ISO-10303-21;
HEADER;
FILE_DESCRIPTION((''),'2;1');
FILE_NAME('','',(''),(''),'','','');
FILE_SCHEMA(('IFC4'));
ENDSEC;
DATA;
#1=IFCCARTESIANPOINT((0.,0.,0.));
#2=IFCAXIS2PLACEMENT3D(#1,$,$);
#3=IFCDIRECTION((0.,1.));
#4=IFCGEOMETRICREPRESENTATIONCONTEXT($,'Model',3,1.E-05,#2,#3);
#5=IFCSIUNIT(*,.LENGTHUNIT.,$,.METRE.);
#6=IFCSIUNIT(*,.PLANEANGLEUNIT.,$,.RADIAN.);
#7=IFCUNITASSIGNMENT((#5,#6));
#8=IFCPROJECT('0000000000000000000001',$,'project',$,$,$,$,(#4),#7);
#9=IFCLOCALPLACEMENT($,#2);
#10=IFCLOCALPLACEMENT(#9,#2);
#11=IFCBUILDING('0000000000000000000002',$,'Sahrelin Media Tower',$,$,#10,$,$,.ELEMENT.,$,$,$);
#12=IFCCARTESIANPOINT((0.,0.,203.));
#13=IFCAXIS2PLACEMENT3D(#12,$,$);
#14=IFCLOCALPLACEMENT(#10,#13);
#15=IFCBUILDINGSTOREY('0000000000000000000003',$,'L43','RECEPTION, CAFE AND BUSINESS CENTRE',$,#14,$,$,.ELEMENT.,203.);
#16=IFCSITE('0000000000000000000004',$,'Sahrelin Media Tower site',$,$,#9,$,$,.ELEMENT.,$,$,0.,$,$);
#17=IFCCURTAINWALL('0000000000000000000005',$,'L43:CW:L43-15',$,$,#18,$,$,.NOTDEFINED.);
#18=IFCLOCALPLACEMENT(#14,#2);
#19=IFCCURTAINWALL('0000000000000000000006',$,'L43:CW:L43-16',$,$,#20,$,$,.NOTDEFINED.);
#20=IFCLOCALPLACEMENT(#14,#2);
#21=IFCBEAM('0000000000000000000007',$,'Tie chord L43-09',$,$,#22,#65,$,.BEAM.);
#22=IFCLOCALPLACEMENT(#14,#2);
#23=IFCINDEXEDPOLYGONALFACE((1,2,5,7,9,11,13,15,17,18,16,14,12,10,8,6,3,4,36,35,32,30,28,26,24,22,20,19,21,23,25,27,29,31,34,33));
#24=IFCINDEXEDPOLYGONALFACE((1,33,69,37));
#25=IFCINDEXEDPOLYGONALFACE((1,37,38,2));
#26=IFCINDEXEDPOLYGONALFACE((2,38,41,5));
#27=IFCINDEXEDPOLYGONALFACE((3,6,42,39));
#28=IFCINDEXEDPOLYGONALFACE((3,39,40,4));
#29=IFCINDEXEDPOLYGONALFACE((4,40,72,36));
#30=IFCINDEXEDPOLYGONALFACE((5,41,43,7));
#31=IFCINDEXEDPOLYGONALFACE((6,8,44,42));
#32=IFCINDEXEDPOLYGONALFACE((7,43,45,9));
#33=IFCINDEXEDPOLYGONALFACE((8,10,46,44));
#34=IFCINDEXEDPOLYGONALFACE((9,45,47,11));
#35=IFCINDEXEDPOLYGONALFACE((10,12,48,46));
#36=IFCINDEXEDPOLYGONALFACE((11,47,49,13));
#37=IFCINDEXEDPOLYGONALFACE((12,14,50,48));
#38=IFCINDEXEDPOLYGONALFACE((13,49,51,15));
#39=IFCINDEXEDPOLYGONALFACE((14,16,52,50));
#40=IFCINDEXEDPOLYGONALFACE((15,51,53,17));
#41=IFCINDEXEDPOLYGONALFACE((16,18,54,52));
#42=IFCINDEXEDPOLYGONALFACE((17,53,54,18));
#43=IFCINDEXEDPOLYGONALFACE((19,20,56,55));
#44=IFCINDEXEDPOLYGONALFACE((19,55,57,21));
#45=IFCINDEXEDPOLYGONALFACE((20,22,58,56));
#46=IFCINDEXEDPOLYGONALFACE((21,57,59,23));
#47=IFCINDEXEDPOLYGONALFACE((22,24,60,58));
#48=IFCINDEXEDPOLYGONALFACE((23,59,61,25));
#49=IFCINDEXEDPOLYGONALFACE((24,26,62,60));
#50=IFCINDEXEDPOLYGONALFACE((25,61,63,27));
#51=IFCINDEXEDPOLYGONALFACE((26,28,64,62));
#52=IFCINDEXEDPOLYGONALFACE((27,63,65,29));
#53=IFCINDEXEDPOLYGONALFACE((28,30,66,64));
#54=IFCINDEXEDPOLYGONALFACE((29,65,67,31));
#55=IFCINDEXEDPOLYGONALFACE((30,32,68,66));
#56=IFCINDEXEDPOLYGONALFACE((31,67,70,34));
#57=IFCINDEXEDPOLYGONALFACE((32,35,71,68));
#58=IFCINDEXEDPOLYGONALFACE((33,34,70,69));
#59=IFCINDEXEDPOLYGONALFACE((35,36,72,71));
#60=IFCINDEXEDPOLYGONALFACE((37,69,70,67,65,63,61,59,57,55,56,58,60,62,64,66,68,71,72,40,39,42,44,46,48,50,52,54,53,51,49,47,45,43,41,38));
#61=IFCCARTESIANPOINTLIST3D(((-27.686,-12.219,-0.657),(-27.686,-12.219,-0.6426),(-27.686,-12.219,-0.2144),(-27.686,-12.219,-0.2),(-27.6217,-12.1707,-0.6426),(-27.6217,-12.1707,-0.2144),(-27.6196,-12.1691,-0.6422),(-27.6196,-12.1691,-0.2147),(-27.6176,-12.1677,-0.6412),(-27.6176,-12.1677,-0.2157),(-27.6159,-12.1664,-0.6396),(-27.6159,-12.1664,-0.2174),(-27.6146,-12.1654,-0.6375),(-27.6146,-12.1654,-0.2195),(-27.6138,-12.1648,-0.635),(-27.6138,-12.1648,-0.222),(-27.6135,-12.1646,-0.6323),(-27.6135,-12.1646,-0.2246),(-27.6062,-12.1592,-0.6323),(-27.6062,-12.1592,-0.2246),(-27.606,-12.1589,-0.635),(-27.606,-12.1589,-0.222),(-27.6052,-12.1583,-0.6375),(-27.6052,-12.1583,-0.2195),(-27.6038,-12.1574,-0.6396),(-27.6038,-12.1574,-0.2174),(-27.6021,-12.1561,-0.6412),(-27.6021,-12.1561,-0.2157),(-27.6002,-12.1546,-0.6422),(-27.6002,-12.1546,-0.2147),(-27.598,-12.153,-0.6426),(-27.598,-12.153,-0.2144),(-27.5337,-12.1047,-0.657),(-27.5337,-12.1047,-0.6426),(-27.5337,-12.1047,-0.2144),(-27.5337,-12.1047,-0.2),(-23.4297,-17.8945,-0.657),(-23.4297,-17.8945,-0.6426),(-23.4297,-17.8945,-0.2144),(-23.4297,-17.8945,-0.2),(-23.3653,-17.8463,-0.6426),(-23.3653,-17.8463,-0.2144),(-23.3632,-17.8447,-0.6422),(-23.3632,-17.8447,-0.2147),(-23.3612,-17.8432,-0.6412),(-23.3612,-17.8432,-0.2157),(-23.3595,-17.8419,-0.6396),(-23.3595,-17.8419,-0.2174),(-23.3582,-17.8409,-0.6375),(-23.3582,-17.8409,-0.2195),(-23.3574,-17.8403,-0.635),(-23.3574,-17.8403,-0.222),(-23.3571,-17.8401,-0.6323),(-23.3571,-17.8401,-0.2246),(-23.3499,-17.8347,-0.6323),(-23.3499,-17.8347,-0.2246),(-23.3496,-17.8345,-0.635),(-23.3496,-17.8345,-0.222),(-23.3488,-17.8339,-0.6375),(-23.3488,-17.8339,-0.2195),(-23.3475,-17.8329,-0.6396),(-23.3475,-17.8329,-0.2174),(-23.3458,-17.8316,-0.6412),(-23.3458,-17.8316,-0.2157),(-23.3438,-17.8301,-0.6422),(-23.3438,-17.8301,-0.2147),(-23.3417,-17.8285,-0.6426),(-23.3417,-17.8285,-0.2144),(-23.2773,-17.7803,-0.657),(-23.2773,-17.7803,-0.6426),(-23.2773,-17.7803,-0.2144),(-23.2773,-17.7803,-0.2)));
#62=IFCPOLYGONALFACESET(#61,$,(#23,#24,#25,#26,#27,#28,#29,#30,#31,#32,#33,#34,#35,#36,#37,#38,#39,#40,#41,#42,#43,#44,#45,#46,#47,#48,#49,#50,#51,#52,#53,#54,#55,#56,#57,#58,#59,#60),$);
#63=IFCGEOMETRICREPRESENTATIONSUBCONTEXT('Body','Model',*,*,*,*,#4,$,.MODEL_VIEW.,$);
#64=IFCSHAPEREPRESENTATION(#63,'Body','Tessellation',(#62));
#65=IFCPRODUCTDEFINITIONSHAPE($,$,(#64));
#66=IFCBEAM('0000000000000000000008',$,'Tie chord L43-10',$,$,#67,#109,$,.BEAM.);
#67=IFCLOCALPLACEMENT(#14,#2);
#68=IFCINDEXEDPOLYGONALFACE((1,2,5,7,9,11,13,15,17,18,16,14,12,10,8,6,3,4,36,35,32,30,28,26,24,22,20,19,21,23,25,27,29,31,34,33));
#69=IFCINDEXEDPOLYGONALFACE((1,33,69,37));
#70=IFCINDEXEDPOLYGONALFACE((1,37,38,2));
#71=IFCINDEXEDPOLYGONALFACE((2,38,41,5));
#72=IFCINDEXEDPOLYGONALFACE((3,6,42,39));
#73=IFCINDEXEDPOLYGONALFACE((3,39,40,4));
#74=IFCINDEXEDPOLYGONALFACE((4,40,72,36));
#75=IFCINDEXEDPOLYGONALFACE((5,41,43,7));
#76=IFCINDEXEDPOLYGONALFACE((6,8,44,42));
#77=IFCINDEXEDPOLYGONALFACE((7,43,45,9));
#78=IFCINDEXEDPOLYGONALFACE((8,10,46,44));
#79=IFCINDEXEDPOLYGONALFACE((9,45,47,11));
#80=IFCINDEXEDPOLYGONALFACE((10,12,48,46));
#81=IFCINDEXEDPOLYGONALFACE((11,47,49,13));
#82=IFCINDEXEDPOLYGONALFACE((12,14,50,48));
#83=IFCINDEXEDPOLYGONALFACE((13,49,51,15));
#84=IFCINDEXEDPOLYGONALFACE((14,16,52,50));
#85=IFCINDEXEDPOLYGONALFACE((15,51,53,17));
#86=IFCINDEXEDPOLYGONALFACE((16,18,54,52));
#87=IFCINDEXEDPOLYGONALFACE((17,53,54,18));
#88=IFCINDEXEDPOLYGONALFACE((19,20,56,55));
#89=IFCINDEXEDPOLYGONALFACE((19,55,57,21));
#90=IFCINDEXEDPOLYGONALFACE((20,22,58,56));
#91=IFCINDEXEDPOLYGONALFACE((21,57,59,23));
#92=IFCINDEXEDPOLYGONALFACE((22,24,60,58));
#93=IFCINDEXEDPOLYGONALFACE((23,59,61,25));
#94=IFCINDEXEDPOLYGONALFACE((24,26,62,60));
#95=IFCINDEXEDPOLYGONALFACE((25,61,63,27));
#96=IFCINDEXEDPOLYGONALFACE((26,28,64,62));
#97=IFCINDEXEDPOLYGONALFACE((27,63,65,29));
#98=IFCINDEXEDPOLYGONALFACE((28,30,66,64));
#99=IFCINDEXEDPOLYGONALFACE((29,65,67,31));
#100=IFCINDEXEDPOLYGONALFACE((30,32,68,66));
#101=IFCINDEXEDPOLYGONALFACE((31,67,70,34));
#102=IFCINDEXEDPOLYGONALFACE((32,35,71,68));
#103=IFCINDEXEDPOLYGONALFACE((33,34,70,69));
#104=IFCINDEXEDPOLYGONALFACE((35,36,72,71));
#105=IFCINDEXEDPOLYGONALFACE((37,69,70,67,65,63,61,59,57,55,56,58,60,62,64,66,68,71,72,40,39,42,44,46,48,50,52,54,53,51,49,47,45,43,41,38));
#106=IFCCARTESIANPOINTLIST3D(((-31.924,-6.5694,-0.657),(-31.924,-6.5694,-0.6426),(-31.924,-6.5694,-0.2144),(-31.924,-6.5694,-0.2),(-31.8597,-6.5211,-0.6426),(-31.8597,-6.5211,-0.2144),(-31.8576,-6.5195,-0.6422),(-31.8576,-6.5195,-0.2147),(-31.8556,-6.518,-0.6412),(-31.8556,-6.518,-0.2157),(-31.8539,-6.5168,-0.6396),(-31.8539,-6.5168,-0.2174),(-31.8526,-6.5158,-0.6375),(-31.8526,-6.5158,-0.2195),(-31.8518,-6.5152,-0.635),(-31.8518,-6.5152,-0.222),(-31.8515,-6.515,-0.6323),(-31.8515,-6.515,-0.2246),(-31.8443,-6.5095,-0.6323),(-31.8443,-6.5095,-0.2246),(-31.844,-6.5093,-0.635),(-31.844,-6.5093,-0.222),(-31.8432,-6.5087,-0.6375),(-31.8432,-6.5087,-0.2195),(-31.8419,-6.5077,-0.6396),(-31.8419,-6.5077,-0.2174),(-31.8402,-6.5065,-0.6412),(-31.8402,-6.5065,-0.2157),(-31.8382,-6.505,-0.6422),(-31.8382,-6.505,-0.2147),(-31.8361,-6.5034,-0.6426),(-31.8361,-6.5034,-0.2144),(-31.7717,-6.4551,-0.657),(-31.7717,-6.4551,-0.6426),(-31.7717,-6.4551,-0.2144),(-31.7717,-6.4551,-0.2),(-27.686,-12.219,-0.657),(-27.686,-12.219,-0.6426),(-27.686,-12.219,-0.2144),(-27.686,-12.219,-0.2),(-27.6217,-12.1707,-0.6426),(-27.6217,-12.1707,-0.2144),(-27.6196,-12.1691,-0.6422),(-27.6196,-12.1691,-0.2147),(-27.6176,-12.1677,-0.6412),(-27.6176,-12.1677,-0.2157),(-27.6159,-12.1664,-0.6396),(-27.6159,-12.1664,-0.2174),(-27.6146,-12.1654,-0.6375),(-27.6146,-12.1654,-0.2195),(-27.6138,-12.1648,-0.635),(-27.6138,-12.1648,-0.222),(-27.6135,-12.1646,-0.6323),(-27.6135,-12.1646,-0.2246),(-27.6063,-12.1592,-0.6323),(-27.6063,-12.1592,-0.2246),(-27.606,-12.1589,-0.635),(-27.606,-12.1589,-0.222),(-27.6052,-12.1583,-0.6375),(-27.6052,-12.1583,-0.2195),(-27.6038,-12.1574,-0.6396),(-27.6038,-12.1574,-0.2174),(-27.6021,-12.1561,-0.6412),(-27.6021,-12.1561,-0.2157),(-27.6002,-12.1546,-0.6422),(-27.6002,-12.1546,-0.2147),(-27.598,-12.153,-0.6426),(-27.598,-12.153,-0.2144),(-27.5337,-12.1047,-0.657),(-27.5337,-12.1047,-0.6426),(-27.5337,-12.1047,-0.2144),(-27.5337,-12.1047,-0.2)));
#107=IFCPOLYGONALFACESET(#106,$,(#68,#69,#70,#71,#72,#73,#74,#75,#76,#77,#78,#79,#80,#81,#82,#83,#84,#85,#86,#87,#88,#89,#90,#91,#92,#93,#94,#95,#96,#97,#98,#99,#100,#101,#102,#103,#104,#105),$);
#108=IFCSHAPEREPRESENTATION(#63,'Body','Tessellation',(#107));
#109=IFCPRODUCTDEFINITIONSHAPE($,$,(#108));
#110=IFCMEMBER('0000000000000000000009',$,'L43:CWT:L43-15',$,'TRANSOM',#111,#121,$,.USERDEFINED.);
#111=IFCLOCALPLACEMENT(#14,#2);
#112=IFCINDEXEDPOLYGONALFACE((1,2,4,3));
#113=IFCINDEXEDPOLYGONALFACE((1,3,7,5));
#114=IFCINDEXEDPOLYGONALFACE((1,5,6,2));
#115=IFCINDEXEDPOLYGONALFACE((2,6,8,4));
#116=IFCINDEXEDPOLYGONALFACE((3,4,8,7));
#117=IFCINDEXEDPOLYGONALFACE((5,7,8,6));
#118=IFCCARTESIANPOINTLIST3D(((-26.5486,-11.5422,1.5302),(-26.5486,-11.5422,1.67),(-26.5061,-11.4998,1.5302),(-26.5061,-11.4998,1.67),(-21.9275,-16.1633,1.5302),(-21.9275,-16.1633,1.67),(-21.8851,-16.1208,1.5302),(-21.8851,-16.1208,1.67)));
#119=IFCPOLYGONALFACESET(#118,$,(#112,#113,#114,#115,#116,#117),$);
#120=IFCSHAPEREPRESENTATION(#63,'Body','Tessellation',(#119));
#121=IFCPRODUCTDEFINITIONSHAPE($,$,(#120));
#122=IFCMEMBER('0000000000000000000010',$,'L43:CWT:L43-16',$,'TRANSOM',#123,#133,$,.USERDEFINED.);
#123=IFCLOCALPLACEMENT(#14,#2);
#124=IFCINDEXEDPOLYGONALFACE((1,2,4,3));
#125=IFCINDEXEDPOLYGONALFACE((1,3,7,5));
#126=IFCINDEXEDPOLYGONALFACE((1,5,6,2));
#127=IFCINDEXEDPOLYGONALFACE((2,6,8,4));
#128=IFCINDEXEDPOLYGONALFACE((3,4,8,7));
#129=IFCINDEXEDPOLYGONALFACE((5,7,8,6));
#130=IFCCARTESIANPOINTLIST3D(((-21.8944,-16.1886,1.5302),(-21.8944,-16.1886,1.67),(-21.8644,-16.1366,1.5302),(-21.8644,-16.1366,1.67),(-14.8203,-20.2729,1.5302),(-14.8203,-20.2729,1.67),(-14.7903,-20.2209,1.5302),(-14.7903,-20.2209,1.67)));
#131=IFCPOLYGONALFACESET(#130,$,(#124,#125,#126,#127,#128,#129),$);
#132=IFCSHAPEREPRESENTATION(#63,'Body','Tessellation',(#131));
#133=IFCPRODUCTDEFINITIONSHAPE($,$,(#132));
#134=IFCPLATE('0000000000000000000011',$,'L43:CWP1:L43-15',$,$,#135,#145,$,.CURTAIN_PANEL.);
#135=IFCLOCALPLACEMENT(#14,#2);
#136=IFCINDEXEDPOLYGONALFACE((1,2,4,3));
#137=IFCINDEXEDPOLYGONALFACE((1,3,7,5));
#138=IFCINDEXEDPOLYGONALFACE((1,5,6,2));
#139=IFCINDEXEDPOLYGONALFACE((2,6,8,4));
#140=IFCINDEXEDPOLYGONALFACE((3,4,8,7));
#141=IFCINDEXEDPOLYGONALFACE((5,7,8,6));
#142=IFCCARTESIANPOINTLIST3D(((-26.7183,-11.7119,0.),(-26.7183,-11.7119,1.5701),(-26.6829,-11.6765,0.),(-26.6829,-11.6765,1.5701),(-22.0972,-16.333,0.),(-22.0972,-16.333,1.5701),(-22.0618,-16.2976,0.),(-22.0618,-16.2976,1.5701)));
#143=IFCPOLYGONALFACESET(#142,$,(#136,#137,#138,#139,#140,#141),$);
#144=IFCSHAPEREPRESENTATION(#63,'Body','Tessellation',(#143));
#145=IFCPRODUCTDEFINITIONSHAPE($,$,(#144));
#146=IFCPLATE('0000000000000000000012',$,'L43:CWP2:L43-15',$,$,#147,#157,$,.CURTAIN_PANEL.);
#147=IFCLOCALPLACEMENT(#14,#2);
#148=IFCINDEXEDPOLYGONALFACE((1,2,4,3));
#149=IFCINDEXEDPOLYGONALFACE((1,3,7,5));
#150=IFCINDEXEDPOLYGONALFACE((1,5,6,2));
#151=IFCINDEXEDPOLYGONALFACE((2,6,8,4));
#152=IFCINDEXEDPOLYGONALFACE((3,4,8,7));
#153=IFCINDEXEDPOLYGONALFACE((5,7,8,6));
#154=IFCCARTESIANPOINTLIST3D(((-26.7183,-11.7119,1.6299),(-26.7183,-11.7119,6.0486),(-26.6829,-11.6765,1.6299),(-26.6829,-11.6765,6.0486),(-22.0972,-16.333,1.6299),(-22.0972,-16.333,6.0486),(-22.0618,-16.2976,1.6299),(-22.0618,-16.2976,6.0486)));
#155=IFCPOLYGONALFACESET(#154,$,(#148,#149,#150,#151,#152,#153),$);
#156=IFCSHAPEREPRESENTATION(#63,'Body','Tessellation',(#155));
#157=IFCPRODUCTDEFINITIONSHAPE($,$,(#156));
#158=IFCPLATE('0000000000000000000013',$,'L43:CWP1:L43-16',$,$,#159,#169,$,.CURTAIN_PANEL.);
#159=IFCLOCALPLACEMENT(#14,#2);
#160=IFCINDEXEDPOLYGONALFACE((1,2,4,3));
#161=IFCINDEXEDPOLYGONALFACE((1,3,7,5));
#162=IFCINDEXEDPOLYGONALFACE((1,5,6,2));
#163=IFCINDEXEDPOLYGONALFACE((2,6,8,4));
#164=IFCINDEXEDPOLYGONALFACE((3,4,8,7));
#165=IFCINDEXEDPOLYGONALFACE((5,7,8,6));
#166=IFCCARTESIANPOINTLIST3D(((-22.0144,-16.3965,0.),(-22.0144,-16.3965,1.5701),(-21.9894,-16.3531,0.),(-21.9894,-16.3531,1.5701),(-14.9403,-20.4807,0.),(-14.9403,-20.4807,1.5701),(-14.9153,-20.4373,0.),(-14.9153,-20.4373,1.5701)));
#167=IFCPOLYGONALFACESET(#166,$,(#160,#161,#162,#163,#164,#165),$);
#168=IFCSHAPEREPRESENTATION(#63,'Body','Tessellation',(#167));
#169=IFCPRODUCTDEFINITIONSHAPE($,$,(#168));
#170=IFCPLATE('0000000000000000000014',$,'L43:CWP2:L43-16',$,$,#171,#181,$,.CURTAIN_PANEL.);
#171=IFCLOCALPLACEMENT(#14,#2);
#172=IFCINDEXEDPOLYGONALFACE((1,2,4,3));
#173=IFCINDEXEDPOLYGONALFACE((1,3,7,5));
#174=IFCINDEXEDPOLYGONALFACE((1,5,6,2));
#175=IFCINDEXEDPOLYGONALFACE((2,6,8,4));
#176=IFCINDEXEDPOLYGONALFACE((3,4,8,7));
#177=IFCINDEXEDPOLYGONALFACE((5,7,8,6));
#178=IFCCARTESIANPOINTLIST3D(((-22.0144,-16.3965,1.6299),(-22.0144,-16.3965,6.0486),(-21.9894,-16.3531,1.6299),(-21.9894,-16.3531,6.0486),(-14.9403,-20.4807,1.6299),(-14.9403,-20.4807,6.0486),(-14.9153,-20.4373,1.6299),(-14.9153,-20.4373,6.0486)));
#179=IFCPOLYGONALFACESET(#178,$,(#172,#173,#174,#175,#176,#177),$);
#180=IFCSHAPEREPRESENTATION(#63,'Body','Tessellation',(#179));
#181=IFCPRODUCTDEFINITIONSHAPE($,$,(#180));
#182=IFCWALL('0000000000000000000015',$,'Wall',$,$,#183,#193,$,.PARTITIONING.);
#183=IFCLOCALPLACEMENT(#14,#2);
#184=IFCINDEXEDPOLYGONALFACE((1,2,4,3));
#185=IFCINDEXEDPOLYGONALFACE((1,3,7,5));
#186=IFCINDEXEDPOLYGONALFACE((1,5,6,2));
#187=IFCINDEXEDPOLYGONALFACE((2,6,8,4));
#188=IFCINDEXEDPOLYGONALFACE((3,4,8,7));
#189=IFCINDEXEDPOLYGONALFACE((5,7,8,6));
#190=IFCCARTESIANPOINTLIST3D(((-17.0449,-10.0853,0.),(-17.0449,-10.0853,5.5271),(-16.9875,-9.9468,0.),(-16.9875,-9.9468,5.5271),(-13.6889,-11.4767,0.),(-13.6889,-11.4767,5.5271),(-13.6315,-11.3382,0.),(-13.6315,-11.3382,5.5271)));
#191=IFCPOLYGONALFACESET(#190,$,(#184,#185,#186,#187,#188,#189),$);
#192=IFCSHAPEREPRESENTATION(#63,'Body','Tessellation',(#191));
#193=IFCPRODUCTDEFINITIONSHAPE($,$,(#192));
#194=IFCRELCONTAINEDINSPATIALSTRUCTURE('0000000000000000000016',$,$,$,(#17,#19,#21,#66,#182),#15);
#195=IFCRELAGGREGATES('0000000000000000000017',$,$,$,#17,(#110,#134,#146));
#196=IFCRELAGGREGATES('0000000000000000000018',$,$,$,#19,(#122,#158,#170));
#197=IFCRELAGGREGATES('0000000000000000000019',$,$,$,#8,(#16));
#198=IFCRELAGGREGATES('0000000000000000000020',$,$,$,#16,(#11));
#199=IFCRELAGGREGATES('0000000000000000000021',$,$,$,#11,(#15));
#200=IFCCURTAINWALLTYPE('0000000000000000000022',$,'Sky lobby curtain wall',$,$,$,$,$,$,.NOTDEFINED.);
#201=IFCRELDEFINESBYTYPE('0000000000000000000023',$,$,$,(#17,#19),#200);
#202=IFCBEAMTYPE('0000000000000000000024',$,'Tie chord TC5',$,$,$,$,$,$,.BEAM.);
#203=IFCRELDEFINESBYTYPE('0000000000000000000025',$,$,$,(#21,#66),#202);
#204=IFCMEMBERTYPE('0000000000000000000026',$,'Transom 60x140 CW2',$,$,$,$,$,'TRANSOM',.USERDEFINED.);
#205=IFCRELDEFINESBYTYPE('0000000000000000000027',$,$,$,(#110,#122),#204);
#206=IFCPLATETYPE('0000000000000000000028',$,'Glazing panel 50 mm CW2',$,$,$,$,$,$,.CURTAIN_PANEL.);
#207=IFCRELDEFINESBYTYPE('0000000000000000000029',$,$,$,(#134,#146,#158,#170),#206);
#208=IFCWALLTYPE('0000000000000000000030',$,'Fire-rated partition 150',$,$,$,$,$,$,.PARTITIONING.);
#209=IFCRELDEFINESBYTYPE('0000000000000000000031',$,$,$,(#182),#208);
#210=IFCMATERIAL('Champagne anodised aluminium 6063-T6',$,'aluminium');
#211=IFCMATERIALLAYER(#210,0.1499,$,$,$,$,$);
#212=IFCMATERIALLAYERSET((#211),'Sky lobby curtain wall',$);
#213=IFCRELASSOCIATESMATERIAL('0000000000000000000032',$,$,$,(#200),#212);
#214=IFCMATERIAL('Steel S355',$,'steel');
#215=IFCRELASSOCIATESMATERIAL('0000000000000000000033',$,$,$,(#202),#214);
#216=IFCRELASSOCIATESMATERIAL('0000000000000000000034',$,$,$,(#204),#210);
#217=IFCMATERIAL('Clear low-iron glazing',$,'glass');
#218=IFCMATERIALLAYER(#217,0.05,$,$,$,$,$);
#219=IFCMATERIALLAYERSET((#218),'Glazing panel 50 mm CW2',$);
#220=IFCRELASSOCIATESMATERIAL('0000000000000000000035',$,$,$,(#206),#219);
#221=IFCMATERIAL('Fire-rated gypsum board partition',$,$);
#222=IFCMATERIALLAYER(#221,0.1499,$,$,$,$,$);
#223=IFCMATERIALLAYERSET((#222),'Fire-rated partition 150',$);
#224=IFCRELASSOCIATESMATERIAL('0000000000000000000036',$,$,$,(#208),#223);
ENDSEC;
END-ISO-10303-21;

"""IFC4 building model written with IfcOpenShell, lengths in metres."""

from ifc_helpers import new_model, si_unit, direction, frame, frame_2d, origin, origin_2d, place, context, subcontext, project, spatial, polyline, rectangle, i_section, outline, extrude, material, layer, layer_set, material_profile, profile_set, type_object, element, aggregate, save


model = new_model("IFC4")

# Units and contexts
model_context = context("Model", 3, precision=1e-05, world=origin(), true_north=direction((0.0, 1.0)))
body_context = subcontext(model_context, "Body", "Model", "MODEL_VIEW")
ifc_project = project(units=[si_unit("LENGTHUNIT", "METRE"), si_unit("PLANEANGLEUNIT", "RADIAN")], contexts=[model_context])

# Site, building, storey
site_placement = place(None, origin())
site = spatial("IfcSite", under=ifc_project, at=site_placement, Name="Sahrelin Media Tower site", CompositionType="ELEMENT", RefElevation=0.0)
building_placement = place(site_placement, origin())
building = spatial("IfcBuilding", under=site, at=building_placement, Name="Sahrelin Media Tower", CompositionType="ELEMENT")
storey_placement = place(building_placement, frame((0.0, 0.0, 203.0)))
storey = spatial("IfcBuildingStorey", under=building, at=storey_placement, Name="L43", Description="RECEPTION, CAFE AND BUSINESS CENTRE", CompositionType="ELEMENT", Elevation=203.0)

# Shared definitions
ifc_material_1 = material(Name="Steel S355", Category="steel")

# Curtain walls
ifc_material_2 = material(Name="Champagne anodised aluminium 6063-T6", Category="aluminium")
ifc_layer_1 = layer(ifc_material_2, 0.1499)
ifc_layer_set_1 = layer_set([ifc_layer_1], Name="Sky lobby curtain wall")
curtain_wall_type = type_object("IfcCurtainWallType", Name="Sky lobby curtain wall", PredefinedType="NOTDEFINED", material=ifc_layer_set_1)
curtain_wall_1_placement = place(storey_placement, frame((-24.3936, -14.0083, 0.0), z_axis=(0.0, 0.0, 1.0), x_axis=(1.0, 0.0, 0.0)))
curtain_wall_1 = element("IfcCurtainWall", 1, at=curtain_wall_1_placement, inside=storey, type_object=curtain_wall_type, Name="L43:CW:L43-15", PredefinedType="NOTDEFINED")
curtain_wall_2_placement = place(storey_placement, frame((-18.4673, -18.4211, 0.0), z_axis=(0.0, 0.0, 1.0), x_axis=(1.0, 0.0, 0.0)))
curtain_wall_2 = element("IfcCurtainWall", 2, at=curtain_wall_2_placement, inside=storey, type_object=curtain_wall_type, Name="L43:CW:L43-16", PredefinedType="NOTDEFINED")

# Beams
ifc_material_profile_1 = material_profile(ifc_material_1, i_section(OverallWidth=0.1904, OverallDepth=0.457, WebThickness=0.009, FlangeThickness=0.0144, FilletRadius=0.0103, at=origin_2d()), Name="UB 457x191x74")
ifc_profile_set_1 = profile_set([ifc_material_profile_1], Name="Steel S355")
beam_type_1 = type_object("IfcBeamType", Name="Tie chord TC5", PredefinedType="BEAM", material=ifc_profile_set_1)
beam_1_placement = place(storey_placement, frame((-23.3535, -17.8374, -0.4285), z_axis=(-0.599972, 0.800021, 0.0), x_axis=(-0.800021, -0.599972, 0.0)))
element("IfcBeam", 3, at=beam_1_placement, inside=storey, type_object=beam_type_1, Name="Tie chord L43-09", PredefinedType="BEAM", context=body_context, shape_type="SweptSolid", body=[
    extrude(i_section(OverallWidth=0.1904, OverallDepth=0.457, WebThickness=0.009, FlangeThickness=0.0144, FilletRadius=0.0103, at=origin_2d()), origin(), (0.0, 0.0, 1.0), 7.0942),
])
beam_2_placement = place(storey_placement, frame((-27.6099, -12.1619, -0.4285), z_axis=(-0.600072, 0.799946, 0.0), x_axis=(-0.799946, -0.600072, 0.0)))
element("IfcBeam", 4, at=beam_2_placement, inside=storey, type_object=beam_type_1, Name="Tie chord L43-10", PredefinedType="BEAM", context=body_context, shape_type="SweptSolid", body=[
    extrude(i_section(OverallWidth=0.1904, OverallDepth=0.457, WebThickness=0.009, FlangeThickness=0.0144, FilletRadius=0.0103, at=origin_2d()), origin(), (0.0, 0.0, 1.0), 7.0625),
])

# Members
ifc_material_profile_2 = material_profile(ifc_material_2, rectangle(XDim=0.0601, YDim=0.1399, at=origin_2d()), Name="Transom 60x140")
ifc_profile_set_2 = profile_set([ifc_material_profile_2], Name="Champagne anodised aluminium 6063-T6")
member_type_1 = type_object("IfcMemberType", Name="Transom 60x140 CW2", ElementType="TRANSOM", PredefinedType="USERDEFINED", material=ifc_profile_set_2)
member_1_placement = place(storey_placement, frame((-26.5273, -11.521, 1.6001), z_axis=(0.707107, -0.707107, 0.0), x_axis=(0.707107, 0.707107, 0.0)))
member_1 = element("IfcMember", 5, at=member_1_placement, type_object=member_type_1, Name="L43:CWT:L43-15", ObjectType="TRANSOM", PredefinedType="USERDEFINED", context=body_context, shape_type="SweptSolid", body=[
    extrude(rectangle(XDim=0.0601, YDim=0.1399, at=origin_2d()), origin(), (0.0, 0.0, 1.0), 6.5352),
])
member_2_placement = place(storey_placement, frame((-21.8794, -16.1626, 1.6001), z_axis=(0.866022, -0.500006, 0.0), x_axis=(0.500006, 0.866022, 0.0)))
member_2 = element("IfcMember", 6, at=member_2_placement, type_object=member_type_1, Name="L43:CWT:L43-16", ObjectType="TRANSOM", PredefinedType="USERDEFINED", context=body_context, shape_type="SweptSolid", body=[
    extrude(rectangle(XDim=0.0601, YDim=0.1399, at=origin_2d()), origin(), (0.0, 0.0, 1.0), 8.1685),
])

# Plates
ifc_material_3 = material(Name="Clear low-iron glazing", Category="glass")
ifc_layer_2 = layer(ifc_material_3, 0.05)
ifc_layer_set_2 = layer_set([ifc_layer_2], Name="Glazing panel 50 mm CW2")
plate_type = type_object("IfcPlateType", Name="Glazing panel 50 mm CW2", PredefinedType="CURTAIN_PANEL", material=ifc_layer_set_2)
plate_1_placement = place(storey_placement, frame((-26.7183, -11.7119, 0.0), z_axis=(-0.707107, -0.707107, 0.0), x_axis=(0.707107, -0.707107, 0.0)))
plate_1 = element("IfcPlate", 7, at=plate_1_placement, type_object=plate_type, Name="L43:CWP1:L43-15", PredefinedType="CURTAIN_PANEL", context=body_context, shape_type="SweptSolid", body=[
    extrude(outline(polyline([(0.0, 0.0), (6.5352, 0.0), (6.5352, 1.5701), (0.0, 1.5701), (0.0, 0.0)])), origin(), (0.0, 0.0, -1.0), 0.05),
])
plate_2_placement = place(storey_placement, frame((-26.7183, -11.7119, 1.6299), z_axis=(-0.707107, -0.707107, 0.0), x_axis=(0.707107, -0.707107, 0.0)))
plate_2 = element("IfcPlate", 8, at=plate_2_placement, type_object=plate_type, Name="L43:CWP2:L43-15", PredefinedType="CURTAIN_PANEL", context=body_context, shape_type="SweptSolid", body=[
    extrude(outline(polyline([(0.0, 0.0), (6.5352, 0.0), (6.5352, 4.4187), (0.0, 4.4187), (0.0, 0.0)])), origin(), (0.0, 0.0, -1.0), 0.05),
])
aggregate(curtain_wall_1, [member_1, plate_1, plate_2])
plate_3_placement = place(storey_placement, frame((-22.0144, -16.3965, 0.0), z_axis=(-0.499993, -0.866029, 0.0), x_axis=(0.866029, -0.499993, 0.0)))
plate_3 = element("IfcPlate", 9, at=plate_3_placement, type_object=plate_type, Name="L43:CWP1:L43-16", PredefinedType="CURTAIN_PANEL", context=body_context, shape_type="SweptSolid", body=[
    extrude(outline(polyline([(0.0, 0.0), (8.1685, 0.0), (8.1685, 1.5701), (0.0, 1.5701), (0.0, 0.0)])), origin(), (0.0, 0.0, -1.0), 0.05),
])
plate_4_placement = place(storey_placement, frame((-22.0144, -16.3965, 1.6299), z_axis=(-0.499993, -0.866029, 0.0), x_axis=(0.866029, -0.499993, 0.0)))
plate_4 = element("IfcPlate", 10, at=plate_4_placement, type_object=plate_type, Name="L43:CWP2:L43-16", PredefinedType="CURTAIN_PANEL", context=body_context, shape_type="SweptSolid", body=[
    extrude(outline(polyline([(0.0, 0.0), (8.1685, 0.0), (8.1685, 4.4187), (0.0, 4.4187), (0.0, 0.0)])), origin(), (0.0, 0.0, -1.0), 0.05),
])
aggregate(curtain_wall_2, [member_2, plate_3, plate_4])

# Wall
ifc_material_4 = material(Name="Fire-rated gypsum board partition")
ifc_layer_3 = layer(ifc_material_4, 0.1499)
ifc_layer_set_3 = layer_set([ifc_layer_3], Name="Fire-rated partition 150")
wall_type_1 = type_object("IfcWallType", Name="Fire-rated partition 150", PredefinedType="PARTITIONING", material=ifc_layer_set_3)
wall_1_placement = place(storey_placement, frame((-17.0161, -10.0161, 0.0), z_axis=(0.0, 0.0, 1.0), x_axis=(0.923755, -0.382983, 0.0)))
element("IfcWall", 11, at=wall_1_placement, inside=storey, type_object=wall_type_1, Name="Wall", PredefinedType="PARTITIONING", context=body_context, shape_type="SweptSolid", body=[
    extrude(rectangle(XDim=3.6331, YDim=0.1499, at=frame_2d((1.8164, 0.0))), origin(), (0.0, 0.0, 1.0), 5.5271),
])

save(model, "model.ifc")
